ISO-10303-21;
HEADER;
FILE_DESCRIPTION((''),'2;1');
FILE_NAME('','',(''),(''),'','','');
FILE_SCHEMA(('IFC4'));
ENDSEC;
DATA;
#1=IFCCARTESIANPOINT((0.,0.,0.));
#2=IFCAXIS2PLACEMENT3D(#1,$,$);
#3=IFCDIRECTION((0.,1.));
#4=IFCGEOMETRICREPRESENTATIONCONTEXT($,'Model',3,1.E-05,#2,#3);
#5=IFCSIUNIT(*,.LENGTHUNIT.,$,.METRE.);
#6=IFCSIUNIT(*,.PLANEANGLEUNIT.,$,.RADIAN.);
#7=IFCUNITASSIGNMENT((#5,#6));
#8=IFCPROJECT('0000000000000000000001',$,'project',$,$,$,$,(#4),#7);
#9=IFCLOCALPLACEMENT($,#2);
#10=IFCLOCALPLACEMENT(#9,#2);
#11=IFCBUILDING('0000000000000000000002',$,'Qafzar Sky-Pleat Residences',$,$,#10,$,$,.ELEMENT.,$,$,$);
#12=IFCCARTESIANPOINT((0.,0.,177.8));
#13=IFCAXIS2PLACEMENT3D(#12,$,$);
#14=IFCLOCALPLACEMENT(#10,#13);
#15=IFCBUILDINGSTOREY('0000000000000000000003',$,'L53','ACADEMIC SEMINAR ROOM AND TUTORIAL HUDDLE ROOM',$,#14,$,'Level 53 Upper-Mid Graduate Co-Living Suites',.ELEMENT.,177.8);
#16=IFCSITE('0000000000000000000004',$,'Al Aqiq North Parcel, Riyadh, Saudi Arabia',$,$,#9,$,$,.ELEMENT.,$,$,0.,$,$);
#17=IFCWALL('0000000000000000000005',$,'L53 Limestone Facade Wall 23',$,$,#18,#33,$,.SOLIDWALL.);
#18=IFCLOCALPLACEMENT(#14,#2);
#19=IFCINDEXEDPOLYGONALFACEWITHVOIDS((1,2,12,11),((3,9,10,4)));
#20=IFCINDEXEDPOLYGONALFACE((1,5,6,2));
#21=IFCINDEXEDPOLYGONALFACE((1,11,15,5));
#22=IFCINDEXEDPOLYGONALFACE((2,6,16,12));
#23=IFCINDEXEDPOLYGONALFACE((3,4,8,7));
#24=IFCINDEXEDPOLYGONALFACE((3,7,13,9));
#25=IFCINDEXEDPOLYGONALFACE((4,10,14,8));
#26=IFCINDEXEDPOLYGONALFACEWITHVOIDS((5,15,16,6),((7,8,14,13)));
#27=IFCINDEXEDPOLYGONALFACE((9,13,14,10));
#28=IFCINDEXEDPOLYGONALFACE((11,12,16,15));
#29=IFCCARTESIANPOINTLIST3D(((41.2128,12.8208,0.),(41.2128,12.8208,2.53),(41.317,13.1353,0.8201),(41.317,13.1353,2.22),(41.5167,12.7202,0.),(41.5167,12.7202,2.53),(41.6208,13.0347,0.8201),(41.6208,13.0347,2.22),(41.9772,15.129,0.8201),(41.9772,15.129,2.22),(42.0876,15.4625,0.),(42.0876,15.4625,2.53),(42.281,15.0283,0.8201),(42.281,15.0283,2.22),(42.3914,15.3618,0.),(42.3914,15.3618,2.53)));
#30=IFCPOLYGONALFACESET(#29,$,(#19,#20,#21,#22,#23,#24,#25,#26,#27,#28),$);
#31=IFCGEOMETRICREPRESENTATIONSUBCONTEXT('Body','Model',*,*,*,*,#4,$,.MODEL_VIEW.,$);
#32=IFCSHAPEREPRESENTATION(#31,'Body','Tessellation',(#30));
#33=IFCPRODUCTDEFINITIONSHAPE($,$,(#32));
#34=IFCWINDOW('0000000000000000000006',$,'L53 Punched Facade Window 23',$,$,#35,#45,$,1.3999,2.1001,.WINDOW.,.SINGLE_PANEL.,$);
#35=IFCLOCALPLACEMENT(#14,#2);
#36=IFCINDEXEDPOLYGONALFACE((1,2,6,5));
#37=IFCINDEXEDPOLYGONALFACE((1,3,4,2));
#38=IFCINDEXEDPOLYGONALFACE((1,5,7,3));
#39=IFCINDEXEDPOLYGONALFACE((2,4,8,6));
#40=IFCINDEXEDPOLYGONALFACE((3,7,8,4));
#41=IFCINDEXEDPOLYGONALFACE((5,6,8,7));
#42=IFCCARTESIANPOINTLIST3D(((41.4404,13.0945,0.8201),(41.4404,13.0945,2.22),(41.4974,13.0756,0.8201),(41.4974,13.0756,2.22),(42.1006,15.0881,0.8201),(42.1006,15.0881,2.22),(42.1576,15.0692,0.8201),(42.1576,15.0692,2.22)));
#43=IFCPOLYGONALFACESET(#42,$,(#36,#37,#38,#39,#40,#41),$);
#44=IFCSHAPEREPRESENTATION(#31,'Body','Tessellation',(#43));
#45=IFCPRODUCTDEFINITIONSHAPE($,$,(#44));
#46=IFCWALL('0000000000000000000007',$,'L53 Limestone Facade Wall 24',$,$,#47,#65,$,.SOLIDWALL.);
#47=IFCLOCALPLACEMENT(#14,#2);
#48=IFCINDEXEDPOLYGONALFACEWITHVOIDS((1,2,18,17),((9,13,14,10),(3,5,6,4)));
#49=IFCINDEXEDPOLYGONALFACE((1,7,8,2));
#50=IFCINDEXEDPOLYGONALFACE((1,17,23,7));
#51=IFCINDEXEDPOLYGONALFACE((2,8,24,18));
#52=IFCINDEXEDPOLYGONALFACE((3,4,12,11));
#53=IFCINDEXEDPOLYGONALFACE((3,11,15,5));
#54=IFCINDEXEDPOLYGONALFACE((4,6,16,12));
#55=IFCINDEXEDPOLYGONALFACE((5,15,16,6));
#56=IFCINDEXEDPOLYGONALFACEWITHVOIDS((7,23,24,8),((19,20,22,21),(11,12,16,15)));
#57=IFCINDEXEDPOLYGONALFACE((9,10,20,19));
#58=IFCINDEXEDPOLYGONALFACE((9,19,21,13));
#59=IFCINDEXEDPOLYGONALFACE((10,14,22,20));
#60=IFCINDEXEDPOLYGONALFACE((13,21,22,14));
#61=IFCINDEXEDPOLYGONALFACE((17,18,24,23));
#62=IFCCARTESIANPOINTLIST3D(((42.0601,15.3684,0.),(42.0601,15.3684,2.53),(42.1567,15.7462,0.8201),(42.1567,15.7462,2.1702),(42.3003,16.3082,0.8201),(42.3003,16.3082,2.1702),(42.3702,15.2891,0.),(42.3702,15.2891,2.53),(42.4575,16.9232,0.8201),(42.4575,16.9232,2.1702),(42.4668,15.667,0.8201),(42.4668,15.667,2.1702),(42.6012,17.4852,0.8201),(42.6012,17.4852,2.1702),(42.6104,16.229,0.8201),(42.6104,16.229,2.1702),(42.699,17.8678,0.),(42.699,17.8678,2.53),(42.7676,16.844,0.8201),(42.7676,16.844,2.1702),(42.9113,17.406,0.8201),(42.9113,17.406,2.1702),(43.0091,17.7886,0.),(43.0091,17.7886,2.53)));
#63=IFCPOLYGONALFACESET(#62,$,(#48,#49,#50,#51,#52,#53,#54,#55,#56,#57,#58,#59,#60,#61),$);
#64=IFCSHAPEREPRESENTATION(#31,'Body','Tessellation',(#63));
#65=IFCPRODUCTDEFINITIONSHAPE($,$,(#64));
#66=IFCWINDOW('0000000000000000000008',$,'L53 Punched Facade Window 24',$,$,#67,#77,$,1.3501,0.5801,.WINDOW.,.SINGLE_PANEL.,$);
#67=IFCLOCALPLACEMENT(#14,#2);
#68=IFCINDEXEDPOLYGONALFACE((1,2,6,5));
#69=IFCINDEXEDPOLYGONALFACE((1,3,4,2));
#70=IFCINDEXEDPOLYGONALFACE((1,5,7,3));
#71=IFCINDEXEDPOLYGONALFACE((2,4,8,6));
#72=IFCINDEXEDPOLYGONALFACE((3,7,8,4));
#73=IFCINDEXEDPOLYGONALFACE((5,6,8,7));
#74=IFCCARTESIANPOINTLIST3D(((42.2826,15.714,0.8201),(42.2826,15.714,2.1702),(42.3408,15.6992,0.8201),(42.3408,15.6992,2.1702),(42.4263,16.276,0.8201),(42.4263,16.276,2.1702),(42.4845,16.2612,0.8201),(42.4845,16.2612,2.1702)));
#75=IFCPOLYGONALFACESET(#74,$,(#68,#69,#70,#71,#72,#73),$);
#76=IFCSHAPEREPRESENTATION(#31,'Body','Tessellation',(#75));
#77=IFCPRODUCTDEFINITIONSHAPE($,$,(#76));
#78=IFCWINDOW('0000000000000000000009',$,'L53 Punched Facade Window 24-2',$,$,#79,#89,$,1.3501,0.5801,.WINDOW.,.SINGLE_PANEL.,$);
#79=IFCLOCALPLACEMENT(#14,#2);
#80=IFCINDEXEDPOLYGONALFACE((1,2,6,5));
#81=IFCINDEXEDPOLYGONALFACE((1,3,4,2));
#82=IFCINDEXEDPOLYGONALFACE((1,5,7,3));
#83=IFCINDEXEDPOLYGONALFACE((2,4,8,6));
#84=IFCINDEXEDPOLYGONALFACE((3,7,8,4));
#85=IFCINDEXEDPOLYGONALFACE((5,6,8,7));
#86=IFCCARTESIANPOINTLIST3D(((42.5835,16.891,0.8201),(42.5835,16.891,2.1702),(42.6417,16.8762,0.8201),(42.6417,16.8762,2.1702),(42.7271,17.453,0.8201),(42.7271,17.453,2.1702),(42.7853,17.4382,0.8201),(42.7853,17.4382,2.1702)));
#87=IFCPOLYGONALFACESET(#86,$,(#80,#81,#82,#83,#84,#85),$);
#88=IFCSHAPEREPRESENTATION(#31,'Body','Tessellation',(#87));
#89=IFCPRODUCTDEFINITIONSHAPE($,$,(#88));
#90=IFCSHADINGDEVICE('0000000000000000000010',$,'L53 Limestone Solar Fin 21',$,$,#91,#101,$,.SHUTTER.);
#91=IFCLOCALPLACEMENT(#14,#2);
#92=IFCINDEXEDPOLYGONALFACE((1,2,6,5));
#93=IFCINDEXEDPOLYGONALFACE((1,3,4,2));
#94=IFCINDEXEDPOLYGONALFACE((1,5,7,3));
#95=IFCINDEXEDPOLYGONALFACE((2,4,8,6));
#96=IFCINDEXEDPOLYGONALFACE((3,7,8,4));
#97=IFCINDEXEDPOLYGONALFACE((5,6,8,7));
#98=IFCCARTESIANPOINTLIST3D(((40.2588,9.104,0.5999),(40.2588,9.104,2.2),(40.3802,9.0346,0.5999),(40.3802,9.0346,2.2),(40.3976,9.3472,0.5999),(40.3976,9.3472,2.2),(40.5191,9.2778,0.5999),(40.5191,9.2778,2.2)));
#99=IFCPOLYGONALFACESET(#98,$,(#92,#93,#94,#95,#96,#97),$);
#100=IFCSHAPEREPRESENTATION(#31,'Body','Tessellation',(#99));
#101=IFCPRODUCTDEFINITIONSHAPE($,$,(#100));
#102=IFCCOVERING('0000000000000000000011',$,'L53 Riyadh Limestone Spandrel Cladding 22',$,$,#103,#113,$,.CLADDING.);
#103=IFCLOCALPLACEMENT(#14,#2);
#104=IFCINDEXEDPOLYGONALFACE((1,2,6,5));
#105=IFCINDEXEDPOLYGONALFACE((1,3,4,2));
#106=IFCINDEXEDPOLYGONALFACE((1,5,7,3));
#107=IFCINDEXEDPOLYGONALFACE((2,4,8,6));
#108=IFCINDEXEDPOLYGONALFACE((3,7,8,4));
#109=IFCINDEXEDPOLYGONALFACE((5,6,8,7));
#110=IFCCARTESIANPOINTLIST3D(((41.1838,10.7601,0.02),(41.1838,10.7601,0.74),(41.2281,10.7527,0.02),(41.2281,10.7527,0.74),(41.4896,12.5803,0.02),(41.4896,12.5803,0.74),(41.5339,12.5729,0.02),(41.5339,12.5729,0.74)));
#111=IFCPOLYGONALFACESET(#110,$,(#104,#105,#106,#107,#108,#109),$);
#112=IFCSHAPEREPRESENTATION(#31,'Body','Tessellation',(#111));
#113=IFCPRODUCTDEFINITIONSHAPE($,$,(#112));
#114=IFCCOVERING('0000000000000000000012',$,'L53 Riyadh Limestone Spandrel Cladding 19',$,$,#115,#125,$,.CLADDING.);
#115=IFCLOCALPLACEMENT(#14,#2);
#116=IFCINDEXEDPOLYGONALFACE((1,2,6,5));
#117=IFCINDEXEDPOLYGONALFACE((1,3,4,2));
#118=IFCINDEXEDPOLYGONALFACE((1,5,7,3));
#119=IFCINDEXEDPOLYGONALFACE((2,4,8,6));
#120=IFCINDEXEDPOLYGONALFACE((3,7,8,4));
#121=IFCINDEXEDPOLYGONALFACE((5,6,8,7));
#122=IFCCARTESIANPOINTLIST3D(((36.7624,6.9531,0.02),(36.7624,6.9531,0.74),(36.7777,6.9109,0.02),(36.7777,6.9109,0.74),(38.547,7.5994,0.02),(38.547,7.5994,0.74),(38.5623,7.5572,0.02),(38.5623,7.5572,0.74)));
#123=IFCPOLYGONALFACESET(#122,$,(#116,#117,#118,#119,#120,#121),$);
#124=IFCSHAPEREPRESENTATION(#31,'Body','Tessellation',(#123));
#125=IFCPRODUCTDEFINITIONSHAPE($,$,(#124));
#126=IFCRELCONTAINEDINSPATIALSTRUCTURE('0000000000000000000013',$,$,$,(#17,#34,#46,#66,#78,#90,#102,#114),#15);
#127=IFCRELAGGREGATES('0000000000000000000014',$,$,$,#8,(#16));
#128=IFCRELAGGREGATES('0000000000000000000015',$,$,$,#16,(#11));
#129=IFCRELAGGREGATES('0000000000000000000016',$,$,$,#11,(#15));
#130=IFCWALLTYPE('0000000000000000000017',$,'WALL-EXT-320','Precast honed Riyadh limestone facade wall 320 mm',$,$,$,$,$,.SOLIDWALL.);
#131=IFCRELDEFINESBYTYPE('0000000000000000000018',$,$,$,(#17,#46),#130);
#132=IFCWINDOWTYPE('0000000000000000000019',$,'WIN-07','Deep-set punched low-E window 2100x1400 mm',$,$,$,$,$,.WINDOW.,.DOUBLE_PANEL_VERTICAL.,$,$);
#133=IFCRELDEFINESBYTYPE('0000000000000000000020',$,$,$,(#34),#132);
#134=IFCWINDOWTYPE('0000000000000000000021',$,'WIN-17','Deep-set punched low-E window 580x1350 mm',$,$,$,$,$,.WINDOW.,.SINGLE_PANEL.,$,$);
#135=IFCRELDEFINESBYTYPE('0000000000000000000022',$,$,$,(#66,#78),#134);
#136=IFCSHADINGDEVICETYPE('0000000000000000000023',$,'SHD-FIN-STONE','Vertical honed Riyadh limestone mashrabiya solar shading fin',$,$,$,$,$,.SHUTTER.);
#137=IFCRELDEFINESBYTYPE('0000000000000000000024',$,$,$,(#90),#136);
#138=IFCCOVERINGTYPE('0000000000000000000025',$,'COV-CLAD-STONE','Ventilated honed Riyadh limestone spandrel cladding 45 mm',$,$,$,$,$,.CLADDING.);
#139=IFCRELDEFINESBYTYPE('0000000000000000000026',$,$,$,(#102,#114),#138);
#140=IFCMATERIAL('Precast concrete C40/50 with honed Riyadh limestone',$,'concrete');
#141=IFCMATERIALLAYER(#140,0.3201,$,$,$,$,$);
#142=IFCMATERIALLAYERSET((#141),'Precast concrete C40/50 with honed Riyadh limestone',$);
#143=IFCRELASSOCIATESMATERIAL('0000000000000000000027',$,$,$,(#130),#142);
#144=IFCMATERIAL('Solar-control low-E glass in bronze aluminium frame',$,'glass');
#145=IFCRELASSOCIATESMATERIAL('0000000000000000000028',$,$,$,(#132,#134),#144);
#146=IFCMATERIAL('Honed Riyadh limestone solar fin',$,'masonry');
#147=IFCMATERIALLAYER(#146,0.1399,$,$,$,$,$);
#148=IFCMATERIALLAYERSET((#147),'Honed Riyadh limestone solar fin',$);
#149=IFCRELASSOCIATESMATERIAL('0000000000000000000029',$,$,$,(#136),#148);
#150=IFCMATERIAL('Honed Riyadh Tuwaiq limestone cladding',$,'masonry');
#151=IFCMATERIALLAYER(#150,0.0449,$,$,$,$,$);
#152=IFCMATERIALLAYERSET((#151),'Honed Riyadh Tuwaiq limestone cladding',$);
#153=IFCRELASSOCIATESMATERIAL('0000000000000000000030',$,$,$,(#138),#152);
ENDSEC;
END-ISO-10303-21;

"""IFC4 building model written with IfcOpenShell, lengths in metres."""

from ifc_helpers import new_model, si_unit, direction, frame, frame_2d, origin, origin_2d, place, context, subcontext, project, spatial, rectangle, extrude, source, transform, mapped, material, layer, layer_set, type_object, element, fill, save


model = new_model("IFC4")

# Units and contexts
model_context = context("Model", 3, precision=1e-05, world=origin(), true_north=direction((0.0, 1.0)))
body_context = subcontext(model_context, "Body", "Model", "MODEL_VIEW")
ifc_project = project(units=[si_unit("LENGTHUNIT", "METRE"), si_unit("PLANEANGLEUNIT", "RADIAN")], contexts=[model_context])

# Site, building, storey
site_placement = place(None, origin())
site = spatial("IfcSite", under=ifc_project, at=site_placement, Name="Al Aqiq North Parcel, Riyadh, Saudi Arabia", CompositionType="ELEMENT", RefElevation=0.0)
building_placement = place(site_placement, origin())
building = spatial("IfcBuilding", under=site, at=building_placement, Name="Qafzar Sky-Pleat Residences", CompositionType="ELEMENT")
storey_placement = place(building_placement, frame((0.0, 0.0, 177.8)))
storey = spatial("IfcBuildingStorey", under=building, at=storey_placement, Name="L53", Description="ACADEMIC SEMINAR ROOM AND TUTORIAL HUDDLE ROOM", LongName="Level 53 Upper-Mid Graduate Co-Living Suites", CompositionType="ELEMENT", Elevation=177.8)

# Wall, opening, window
ifc_material_1 = material(Name="Precast concrete C40/50 with honed Riyadh limestone", Category="concrete")
ifc_layer_1 = layer(ifc_material_1, 0.3201)
ifc_layer_set_1 = layer_set([ifc_layer_1], Name="Precast concrete C40/50 with honed Riyadh limestone")
wall_type = type_object("IfcWallType", Name="WALL-EXT-320", Description="Precast honed Riyadh limestone facade wall 320 mm", PredefinedType="SOLIDWALL", material=ifc_layer_set_1)
ifc_material_2 = material(Name="Solar-control low-E glass in bronze aluminium frame", Category="glass")
wall_1_placement = place(storey_placement, frame((41.3647, 12.7705, 0.0), z_axis=(0.0, 0.0, 1.0), x_axis=(0.314358, 0.949304, 0.0)))
wall_1 = element("IfcWall", 1, at=wall_1_placement, inside=storey, type_object=wall_type, Name="L53 Limestone Facade Wall 23", PredefinedType="SOLIDWALL", context=body_context, shape_type="SweptSolid", body=[
    extrude(rectangle(XDim=2.7827, YDim=0.3201, at=frame_2d((1.3914, 0.0))), origin(), (0.0, 0.0, 1.0), 2.53),
])
opening_1_placement = place(wall_1_placement, frame((0.3313, 0.0, 0.8201)))
opening_1 = element("IfcOpeningElement", 2, at=opening_1_placement, cuts=wall_1, PredefinedType="OPENING", context=body_context, shape_type="SweptSolid", body=[
    extrude(rectangle(XDim=2.1001, YDim=1.3999, at=frame_2d((1.05, 0.7))), frame((0.0, 0.1699, 0.0), z_axis=(0.0, -1.0, 0.0), x_axis=(1.0, 0.0, 0.0)), (0.0, 0.0, 1.0), 0.3401),
])
window_type_1 = type_object("IfcWindowType", Name="WIN-07", Description="Deep-set punched low-E window 2100x1400 mm", PartitioningType="DOUBLE_PANEL_VERTICAL", PredefinedType="WINDOW", material=ifc_material_2)
shared_shape_1 = source(origin(), body_context, "Body", "SweptSolid", [
    extrude(rectangle(XDim=2.1001, YDim=1.3999, at=frame_2d((1.05, 0.7))), frame((0.0, 0.03, 0.0), z_axis=(0.0, -1.0, 0.0), x_axis=(1.0, 0.0, 0.0)), (0.0, 0.0, 1.0), 0.0601),
])
window_1_placement = place(opening_1_placement, origin())
window_1 = element("IfcWindow", 3, at=window_1_placement, inside=storey, type_object=window_type_1, Name="L53 Punched Facade Window 23", OverallHeight=1.3999, OverallWidth=2.1001, PartitioningType="SINGLE_PANEL", PredefinedType="WINDOW", context=body_context, shape_type="MappedRepresentation", body=[
    mapped(shared_shape_1, transform((0.0, 0.0, 0.0), x_axis=(1.0, 0.0, 0.0), y_axis=(0.0, 1.0, 0.0), z_axis=(0.0, 0.0, 1.0), scale=1.0)),
])
fill(opening_1, window_1)

# Wall, openings, windows
wall_2_placement = place(storey_placement, frame((42.2151, 15.3286, 0.0), z_axis=(0.0, 0.0, 1.0), x_axis=(0.247654, 0.968849, 0.0)))
wall_2 = element("IfcWall", 4, at=wall_2_placement, inside=storey, type_object=wall_type, Name="L53 Limestone Facade Wall 24", PredefinedType="SOLIDWALL", context=body_context, shape_type="SweptSolid", body=[
    extrude(rectangle(XDim=2.5798, YDim=0.3201, at=frame_2d((1.29, 0.0))), origin(), (0.0, 0.0, 1.0), 2.53),
])
opening_2_placement = place(wall_2_placement, frame((0.3901, 0.0, 0.8201)))
opening_2 = element("IfcOpeningElement", 5, at=opening_2_placement, cuts=wall_2, PredefinedType="OPENING", context=body_context, shape_type="SweptSolid", body=[
    extrude(rectangle(XDim=0.5801, YDim=1.3501, at=frame_2d((0.29, 0.675))), frame((0.0, 0.1699, 0.0), z_axis=(0.0, -1.0, 0.0), x_axis=(1.0, 0.0, 0.0)), (0.0, 0.0, 1.0), 0.3401),
])
opening_3_placement = place(wall_2_placement, frame((1.605, 0.0, 0.8201)))
opening_3 = element("IfcOpeningElement", 6, at=opening_3_placement, cuts=wall_2, PredefinedType="OPENING", context=body_context, shape_type="SweptSolid", body=[
    extrude(rectangle(XDim=0.5801, YDim=1.3501, at=frame_2d((0.29, 0.675))), frame((0.0, 0.1699, 0.0), z_axis=(0.0, -1.0, 0.0), x_axis=(1.0, 0.0, 0.0)), (0.0, 0.0, 1.0), 0.3401),
])
window_type_2 = type_object("IfcWindowType", Name="WIN-17", Description="Deep-set punched low-E window 580x1350 mm", PartitioningType="SINGLE_PANEL", PredefinedType="WINDOW", material=ifc_material_2)
shared_shape_2 = source(origin(), body_context, "Body", "SweptSolid", [
    extrude(rectangle(XDim=0.5801, YDim=1.3501, at=frame_2d((0.29, 0.675))), frame((0.0, 0.03, 0.0), z_axis=(0.0, -1.0, 0.0), x_axis=(1.0, 0.0, 0.0)), (0.0, 0.0, 1.0), 0.0601),
])
window_2_placement = place(opening_2_placement, origin())
window_2 = element("IfcWindow", 7, at=window_2_placement, inside=storey, type_object=window_type_2, Name="L53 Punched Facade Window 24", OverallHeight=1.3501, OverallWidth=0.5801, PartitioningType="SINGLE_PANEL", PredefinedType="WINDOW", context=body_context, shape_type="MappedRepresentation", body=[
    mapped(shared_shape_2, transform((0.0, 0.0, 0.0), x_axis=(1.0, 0.0, 0.0), y_axis=(0.0, 1.0, 0.0), z_axis=(0.0, 0.0, 1.0), scale=1.0)),
])
fill(opening_2, window_2)
window_3_placement = place(opening_3_placement, origin())
window_3 = element("IfcWindow", 8, at=window_3_placement, inside=storey, type_object=window_type_2, Name="L53 Punched Facade Window 24-2", OverallHeight=1.3501, OverallWidth=0.5801, PartitioningType="SINGLE_PANEL", PredefinedType="WINDOW", context=body_context, shape_type="MappedRepresentation", body=[
    mapped(shared_shape_2, transform((0.0, 0.0, 0.0), x_axis=(1.0, 0.0, 0.0), y_axis=(0.0, 1.0, 0.0), z_axis=(0.0, 0.0, 1.0), scale=1.0)),
])
fill(opening_3, window_3)

# Shading device
ifc_material_3 = material(Name="Honed Riyadh limestone solar fin", Category="masonry")
ifc_layer_2 = layer(ifc_material_3, 0.1399)
ifc_layer_set_2 = layer_set([ifc_layer_2], Name="Honed Riyadh limestone solar fin")
shading_device_type = type_object("IfcShadingDeviceType", Name="SHD-FIN-STONE", Description="Vertical honed Riyadh limestone mashrabiya solar shading fin", PredefinedType="SHUTTER", material=ifc_layer_set_2)
shared_shape_3 = source(origin(), body_context, "Body", "SweptSolid", [
    extrude(rectangle(XDim=0.1399, YDim=0.28, at=origin_2d()), origin(), (0.0, 0.0, 1.0), 1.6001),
])
shading_device_placement = place(storey_placement, frame((40.3889, 9.1909, 0.5999), z_axis=(0.0, 0.0, 1.0), x_axis=(0.868455, -0.495768, 0.0)))
element("IfcShadingDevice", 9, at=shading_device_placement, inside=storey, type_object=shading_device_type, Name="L53 Limestone Solar Fin 21", PredefinedType="SHUTTER", context=body_context, shape_type="MappedRepresentation", body=[
    mapped(shared_shape_3, transform((0.0, 0.0, 0.0), x_axis=(1.0, 0.0, 0.0), y_axis=(0.0, 1.0, 0.0), z_axis=(0.0, 0.0, 1.0), scale=1.0)),
])

# Coverings
ifc_material_4 = material(Name="Honed Riyadh Tuwaiq limestone cladding", Category="masonry")
ifc_layer_3 = layer(ifc_material_4, 0.0449)
ifc_layer_set_3 = layer_set([ifc_layer_3], Name="Honed Riyadh Tuwaiq limestone cladding")
covering_type = type_object("IfcCoveringType", Name="COV-CLAD-STONE", Description="Ventilated honed Riyadh limestone spandrel cladding 45 mm", PredefinedType="CLADDING", material=ifc_layer_set_3)
shared_shape_4 = source(origin(), body_context, "Body", "SweptSolid", [
    extrude(rectangle(XDim=1.8457, YDim=0.0449, at=origin_2d()), origin(), (0.0, 0.0, 1.0), 0.72),
])
covering_1_placement = place(storey_placement, frame((41.3589, 11.6665, 0.02), z_axis=(0.0, 0.0, 1.0), x_axis=(0.165688, 0.986178, 0.0)))
element("IfcCovering", 10, at=covering_1_placement, inside=storey, type_object=covering_type, Name="L53 Riyadh Limestone Spandrel Cladding 22", PredefinedType="CLADDING", context=body_context, shape_type="MappedRepresentation", body=[
    mapped(shared_shape_4, transform((0.0, 0.0, 0.0), x_axis=(1.0, 0.0, 0.0), y_axis=(0.0, 1.0, 0.0), z_axis=(0.0, 0.0, 1.0), scale=1.0)),
])
shared_shape_5 = source(origin(), body_context, "Body", "SweptSolid", [
    extrude(rectangle(XDim=1.8979, YDim=0.0449, at=origin_2d()), origin(), (0.0, 0.0, 1.0), 0.72),
])
covering_2_placement = place(storey_placement, frame((37.6624, 7.2551, 0.02), z_axis=(0.0, 0.0, 1.0), x_axis=(0.940237, 0.340521, 0.0)))
element("IfcCovering", 11, at=covering_2_placement, inside=storey, type_object=covering_type, Name="L53 Riyadh Limestone Spandrel Cladding 19", PredefinedType="CLADDING", context=body_context, shape_type="MappedRepresentation", body=[
    mapped(shared_shape_5, transform((0.0, 0.0, 0.0), x_axis=(1.0, 0.0, 0.0), y_axis=(0.0, 1.0, 0.0), z_axis=(0.0, 0.0, 1.0), scale=1.0)),
])

save(model, "model.ifc")
